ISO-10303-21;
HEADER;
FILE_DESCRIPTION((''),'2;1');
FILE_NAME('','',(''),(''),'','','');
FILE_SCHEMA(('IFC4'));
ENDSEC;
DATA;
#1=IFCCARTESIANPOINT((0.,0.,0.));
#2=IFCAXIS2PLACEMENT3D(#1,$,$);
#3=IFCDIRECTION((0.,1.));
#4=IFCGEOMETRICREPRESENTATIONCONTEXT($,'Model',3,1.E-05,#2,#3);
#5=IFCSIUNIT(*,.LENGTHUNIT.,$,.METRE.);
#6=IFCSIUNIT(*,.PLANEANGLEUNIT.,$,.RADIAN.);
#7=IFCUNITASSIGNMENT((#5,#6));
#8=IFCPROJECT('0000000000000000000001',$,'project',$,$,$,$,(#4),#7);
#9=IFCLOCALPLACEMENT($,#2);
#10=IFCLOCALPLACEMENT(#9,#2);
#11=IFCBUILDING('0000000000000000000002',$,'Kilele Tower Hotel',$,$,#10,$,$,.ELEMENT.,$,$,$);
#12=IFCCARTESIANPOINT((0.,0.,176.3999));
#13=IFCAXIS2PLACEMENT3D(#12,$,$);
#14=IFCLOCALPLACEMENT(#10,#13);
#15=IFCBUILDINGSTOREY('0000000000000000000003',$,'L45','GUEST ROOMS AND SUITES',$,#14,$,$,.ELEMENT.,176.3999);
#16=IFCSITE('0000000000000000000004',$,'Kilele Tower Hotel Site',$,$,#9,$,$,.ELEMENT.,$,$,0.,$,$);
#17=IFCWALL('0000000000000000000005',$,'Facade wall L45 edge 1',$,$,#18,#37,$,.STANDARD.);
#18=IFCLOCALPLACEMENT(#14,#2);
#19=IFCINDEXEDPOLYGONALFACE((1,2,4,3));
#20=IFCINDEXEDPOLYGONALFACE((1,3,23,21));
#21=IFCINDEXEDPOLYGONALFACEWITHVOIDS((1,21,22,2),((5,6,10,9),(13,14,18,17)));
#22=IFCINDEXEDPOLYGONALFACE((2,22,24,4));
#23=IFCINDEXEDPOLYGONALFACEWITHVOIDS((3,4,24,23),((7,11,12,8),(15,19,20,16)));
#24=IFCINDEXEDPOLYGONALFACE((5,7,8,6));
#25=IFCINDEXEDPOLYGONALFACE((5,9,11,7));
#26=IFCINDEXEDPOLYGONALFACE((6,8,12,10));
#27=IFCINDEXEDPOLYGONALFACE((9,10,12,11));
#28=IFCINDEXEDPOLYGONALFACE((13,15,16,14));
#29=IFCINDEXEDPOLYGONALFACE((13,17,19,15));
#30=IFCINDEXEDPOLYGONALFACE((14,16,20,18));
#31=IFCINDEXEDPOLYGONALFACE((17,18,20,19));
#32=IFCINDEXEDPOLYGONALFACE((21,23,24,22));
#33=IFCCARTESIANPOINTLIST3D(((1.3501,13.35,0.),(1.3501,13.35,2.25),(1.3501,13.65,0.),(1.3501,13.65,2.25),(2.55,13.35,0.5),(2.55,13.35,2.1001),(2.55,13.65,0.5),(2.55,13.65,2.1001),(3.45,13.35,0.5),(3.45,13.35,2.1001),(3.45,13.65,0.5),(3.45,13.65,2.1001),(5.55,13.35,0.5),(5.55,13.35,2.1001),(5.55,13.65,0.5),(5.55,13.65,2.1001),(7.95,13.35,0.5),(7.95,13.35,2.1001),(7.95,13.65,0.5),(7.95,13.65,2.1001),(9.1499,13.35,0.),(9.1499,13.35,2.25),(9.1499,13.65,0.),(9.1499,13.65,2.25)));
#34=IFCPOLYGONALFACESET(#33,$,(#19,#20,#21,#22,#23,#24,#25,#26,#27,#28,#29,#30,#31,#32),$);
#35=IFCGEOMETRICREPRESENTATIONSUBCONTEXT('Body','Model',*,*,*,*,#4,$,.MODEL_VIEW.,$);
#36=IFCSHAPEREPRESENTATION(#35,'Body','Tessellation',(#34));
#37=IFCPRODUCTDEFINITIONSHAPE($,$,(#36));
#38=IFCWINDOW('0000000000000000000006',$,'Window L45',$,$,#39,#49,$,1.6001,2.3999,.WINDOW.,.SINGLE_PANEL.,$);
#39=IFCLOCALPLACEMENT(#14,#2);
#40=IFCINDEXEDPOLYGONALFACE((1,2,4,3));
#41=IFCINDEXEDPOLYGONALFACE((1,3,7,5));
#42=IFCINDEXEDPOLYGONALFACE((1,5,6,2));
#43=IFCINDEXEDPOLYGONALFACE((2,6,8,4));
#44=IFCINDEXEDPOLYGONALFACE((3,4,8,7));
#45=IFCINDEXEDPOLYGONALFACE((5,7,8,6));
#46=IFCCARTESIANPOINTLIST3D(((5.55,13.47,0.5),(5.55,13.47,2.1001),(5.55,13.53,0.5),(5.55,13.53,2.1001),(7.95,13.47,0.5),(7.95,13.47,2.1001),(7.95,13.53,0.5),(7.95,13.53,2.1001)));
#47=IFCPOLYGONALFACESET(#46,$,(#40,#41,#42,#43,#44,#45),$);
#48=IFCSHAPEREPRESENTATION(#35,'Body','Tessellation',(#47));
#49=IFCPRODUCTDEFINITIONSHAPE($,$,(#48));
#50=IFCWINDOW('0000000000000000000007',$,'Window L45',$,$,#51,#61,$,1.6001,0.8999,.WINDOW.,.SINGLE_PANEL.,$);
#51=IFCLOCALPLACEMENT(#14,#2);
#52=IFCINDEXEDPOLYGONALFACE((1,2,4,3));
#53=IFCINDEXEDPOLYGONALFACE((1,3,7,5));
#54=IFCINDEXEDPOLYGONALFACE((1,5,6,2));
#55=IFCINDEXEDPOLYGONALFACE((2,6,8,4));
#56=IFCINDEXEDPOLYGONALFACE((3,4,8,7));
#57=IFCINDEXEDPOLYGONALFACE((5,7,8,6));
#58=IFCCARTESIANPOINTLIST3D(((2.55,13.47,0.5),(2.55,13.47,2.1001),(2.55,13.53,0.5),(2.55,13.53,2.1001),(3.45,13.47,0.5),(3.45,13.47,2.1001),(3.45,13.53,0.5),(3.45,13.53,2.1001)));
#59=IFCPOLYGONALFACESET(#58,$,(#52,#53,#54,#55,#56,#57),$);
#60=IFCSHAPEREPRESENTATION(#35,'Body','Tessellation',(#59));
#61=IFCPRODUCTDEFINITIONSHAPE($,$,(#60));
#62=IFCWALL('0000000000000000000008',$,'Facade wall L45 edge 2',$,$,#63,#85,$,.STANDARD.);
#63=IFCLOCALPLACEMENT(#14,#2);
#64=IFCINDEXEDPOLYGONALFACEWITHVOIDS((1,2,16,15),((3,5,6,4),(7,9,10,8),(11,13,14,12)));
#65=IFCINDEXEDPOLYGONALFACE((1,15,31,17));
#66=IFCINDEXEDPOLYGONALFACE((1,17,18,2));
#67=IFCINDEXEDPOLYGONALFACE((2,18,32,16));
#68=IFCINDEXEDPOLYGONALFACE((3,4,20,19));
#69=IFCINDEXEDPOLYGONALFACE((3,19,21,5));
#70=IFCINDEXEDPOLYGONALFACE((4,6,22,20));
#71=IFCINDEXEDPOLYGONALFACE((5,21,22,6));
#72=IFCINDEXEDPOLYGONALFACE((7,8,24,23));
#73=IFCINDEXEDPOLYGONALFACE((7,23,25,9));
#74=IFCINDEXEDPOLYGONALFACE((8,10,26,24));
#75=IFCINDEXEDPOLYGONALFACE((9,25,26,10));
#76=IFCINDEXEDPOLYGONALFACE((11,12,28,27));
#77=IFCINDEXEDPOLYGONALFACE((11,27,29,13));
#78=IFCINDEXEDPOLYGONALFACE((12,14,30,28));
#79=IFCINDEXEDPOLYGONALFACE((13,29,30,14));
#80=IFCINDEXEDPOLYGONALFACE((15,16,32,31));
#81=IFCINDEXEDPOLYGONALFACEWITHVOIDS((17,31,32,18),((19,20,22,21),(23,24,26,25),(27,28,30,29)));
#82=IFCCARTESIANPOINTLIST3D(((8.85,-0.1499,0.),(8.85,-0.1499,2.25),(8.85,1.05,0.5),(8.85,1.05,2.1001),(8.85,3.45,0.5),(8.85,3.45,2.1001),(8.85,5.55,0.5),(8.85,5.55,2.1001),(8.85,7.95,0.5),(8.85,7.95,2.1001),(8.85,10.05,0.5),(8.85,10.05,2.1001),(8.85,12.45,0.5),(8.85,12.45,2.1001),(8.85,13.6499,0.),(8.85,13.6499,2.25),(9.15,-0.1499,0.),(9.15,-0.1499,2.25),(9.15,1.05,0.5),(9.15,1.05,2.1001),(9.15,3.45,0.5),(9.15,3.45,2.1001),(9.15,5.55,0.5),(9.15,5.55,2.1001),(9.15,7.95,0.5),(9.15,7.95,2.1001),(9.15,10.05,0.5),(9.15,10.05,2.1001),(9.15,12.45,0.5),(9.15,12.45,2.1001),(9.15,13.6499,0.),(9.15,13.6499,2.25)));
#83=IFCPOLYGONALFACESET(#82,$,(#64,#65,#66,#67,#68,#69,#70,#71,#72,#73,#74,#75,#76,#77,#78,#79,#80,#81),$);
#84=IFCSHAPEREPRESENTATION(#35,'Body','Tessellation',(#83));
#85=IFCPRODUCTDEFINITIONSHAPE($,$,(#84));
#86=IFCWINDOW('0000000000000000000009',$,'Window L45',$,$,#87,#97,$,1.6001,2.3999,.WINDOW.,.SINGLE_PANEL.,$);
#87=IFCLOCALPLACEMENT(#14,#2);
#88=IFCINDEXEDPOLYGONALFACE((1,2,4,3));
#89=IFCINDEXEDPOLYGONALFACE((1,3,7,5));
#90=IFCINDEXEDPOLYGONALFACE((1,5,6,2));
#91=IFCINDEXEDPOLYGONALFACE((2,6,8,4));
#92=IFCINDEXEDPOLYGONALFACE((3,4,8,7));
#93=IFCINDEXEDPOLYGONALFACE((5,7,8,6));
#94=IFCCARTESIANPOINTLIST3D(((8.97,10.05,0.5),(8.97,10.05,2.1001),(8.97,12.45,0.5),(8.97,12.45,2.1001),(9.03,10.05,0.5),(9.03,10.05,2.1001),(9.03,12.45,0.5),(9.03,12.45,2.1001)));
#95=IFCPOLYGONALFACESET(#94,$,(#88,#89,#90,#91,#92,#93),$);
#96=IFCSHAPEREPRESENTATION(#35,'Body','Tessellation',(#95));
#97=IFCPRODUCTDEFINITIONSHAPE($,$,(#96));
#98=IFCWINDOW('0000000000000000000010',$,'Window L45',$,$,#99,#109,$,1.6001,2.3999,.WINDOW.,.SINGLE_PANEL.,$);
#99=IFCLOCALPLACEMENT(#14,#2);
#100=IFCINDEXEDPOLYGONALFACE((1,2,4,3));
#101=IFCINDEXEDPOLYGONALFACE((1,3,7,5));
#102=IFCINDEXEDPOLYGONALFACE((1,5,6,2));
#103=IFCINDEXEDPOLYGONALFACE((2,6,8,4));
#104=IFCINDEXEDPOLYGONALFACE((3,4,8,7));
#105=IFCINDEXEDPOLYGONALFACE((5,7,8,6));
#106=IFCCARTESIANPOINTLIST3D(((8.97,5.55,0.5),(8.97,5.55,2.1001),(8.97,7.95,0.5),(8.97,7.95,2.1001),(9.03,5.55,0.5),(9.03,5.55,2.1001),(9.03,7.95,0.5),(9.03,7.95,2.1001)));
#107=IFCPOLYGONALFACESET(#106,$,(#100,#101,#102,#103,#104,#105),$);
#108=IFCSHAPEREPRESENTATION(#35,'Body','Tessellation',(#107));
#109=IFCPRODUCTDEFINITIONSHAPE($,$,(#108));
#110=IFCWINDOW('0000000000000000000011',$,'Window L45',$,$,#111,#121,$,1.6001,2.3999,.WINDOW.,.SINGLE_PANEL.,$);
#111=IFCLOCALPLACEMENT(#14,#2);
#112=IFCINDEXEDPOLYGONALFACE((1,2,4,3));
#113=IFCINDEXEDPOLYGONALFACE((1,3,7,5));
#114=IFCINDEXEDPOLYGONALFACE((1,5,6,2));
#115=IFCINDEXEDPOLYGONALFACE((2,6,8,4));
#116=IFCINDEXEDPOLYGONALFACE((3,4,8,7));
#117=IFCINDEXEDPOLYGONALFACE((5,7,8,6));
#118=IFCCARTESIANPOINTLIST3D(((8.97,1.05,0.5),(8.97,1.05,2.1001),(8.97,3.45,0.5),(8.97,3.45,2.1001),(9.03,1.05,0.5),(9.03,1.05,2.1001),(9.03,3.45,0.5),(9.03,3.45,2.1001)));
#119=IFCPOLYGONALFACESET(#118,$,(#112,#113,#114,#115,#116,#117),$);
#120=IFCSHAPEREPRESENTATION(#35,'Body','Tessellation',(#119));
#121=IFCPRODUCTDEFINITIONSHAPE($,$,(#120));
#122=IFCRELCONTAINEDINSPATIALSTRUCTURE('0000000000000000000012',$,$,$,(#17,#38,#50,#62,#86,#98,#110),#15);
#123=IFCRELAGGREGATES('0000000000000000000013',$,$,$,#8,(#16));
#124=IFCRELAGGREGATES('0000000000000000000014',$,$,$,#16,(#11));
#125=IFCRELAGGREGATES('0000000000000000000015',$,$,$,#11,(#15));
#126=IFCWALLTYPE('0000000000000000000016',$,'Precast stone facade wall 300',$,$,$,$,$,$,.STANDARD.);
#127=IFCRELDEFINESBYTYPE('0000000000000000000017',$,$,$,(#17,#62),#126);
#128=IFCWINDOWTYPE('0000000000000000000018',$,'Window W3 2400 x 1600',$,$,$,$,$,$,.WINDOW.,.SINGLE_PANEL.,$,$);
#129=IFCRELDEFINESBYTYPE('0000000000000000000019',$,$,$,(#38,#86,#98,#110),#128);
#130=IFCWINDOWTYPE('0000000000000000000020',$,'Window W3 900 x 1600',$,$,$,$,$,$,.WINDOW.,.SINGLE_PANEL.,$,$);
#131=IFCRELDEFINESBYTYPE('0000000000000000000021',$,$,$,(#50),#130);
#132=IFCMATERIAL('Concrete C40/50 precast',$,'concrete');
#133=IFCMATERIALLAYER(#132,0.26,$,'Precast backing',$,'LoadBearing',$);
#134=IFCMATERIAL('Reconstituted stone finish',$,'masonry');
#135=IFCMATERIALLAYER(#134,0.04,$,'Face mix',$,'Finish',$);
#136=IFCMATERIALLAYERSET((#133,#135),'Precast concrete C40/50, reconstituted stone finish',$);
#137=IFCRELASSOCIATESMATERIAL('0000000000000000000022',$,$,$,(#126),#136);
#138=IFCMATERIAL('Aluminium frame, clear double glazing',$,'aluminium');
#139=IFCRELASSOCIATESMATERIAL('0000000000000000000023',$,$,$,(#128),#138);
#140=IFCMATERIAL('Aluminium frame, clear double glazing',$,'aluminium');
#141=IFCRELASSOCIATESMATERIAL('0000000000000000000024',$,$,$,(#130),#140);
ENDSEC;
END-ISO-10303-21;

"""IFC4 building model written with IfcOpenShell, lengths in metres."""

from ifc_helpers import new_model, si_unit, direction, frame, frame_2d, origin, place, context, subcontext, project, spatial, rectangle, extrude, material, layer, layer_set, type_object, element, fill, save


model = new_model("IFC4")

# Units and contexts
model_context = context("Model", 3, precision=1e-05, world=origin(), true_north=direction((0.0, 1.0)))
body_context = subcontext(model_context, "Body", "Model", "MODEL_VIEW")
ifc_project = project(units=[si_unit("LENGTHUNIT", "METRE"), si_unit("PLANEANGLEUNIT", "RADIAN")], contexts=[model_context])

# Site, building, storey
site_placement = place(None, origin())
site = spatial("IfcSite", under=ifc_project, at=site_placement, Name="Kilele Tower Hotel Site", CompositionType="ELEMENT", RefElevation=0.0)
building_placement = place(site_placement, origin())
building = spatial("IfcBuilding", under=site, at=building_placement, Name="Kilele Tower Hotel", CompositionType="ELEMENT")
storey_placement = place(building_placement, frame((0.0, 0.0, 176.3999)))
storey = spatial("IfcBuildingStorey", under=building, at=storey_placement, Name="L45", Description="GUEST ROOMS AND SUITES", CompositionType="ELEMENT", Elevation=176.3999)

# Walls, openings, windows
ifc_material_1 = material(Name="Concrete C40/50 precast", Category="concrete")
ifc_layer_1 = layer(ifc_material_1, 0.26, Name="Precast backing", Category="LoadBearing")
ifc_material_2 = material(Name="Reconstituted stone finish", Category="masonry")
ifc_layer_2 = layer(ifc_material_2, 0.04, Name="Face mix", Category="Finish")
ifc_layer_set_1 = layer_set([ifc_layer_1, ifc_layer_2], Name="Precast concrete C40/50, reconstituted stone finish")
wall_type_1 = type_object("IfcWallType", Name="Precast stone facade wall 300", PredefinedType="STANDARD", material=ifc_layer_set_1)
wall_1_placement = place(storey_placement, frame((1.3501, 13.5, 0.0), z_axis=(0.0, 0.0, 1.0), x_axis=(1.0, 0.0, 0.0)))
wall_1 = element("IfcWall", 1, at=wall_1_placement, inside=storey, type_object=wall_type_1, Name="Facade wall L45 edge 1", PredefinedType="STANDARD", context=body_context, shape_type="SweptSolid", body=[
    extrude(rectangle(XDim=7.7998, YDim=0.3, at=frame_2d((3.8999, 0.0))), origin(), (0.0, 0.0, 1.0), 2.25),
])
opening_1_placement = place(wall_1_placement, frame((1.2, 0.0, 0.5)))
opening_1 = element("IfcOpeningElement", 2, at=opening_1_placement, cuts=wall_1, PredefinedType="OPENING", context=body_context, shape_type="SweptSolid", body=[
    extrude(rectangle(XDim=0.8999, YDim=1.6001, at=frame_2d((0.45, 0.8))), frame((0.0, 0.1599, 0.0), z_axis=(0.0, -1.0, 0.0), x_axis=(1.0, 0.0, 0.0)), (0.0, 0.0, 1.0), 0.3201),
])
opening_2_placement = place(wall_1_placement, frame((4.2, 0.0, 0.5)))
opening_2 = element("IfcOpeningElement", 3, at=opening_2_placement, cuts=wall_1, PredefinedType="OPENING", context=body_context, shape_type="SweptSolid", body=[
    extrude(rectangle(XDim=2.3999, YDim=1.6001, at=frame_2d((1.2, 0.8))), frame((0.0, 0.1599, 0.0), z_axis=(0.0, -1.0, 0.0), x_axis=(1.0, 0.0, 0.0)), (0.0, 0.0, 1.0), 0.3201),
])
ifc_material_3 = material(Name="Aluminium frame, clear double glazing", Category="aluminium")
window_type_1 = type_object("IfcWindowType", Name="Window W3 2400 x 1600", PartitioningType="SINGLE_PANEL", PredefinedType="WINDOW", material=ifc_material_3)
window_1_placement = place(opening_2_placement, origin())
window_1 = element("IfcWindow", 4, at=window_1_placement, inside=storey, type_object=window_type_1, Name="Window L45", OverallHeight=1.6001, OverallWidth=2.3999, PartitioningType="SINGLE_PANEL", PredefinedType="WINDOW", context=body_context, shape_type="SweptSolid", body=[
    extrude(rectangle(XDim=2.3999, YDim=1.6001, at=frame_2d((1.2, 0.8))), frame((0.0, 0.03, 0.0), z_axis=(0.0, -1.0, 0.0), x_axis=(1.0, 0.0, 0.0)), (0.0, 0.0, 1.0), 0.0601),
])
fill(opening_2, window_1)
ifc_material_4 = material(Name="Aluminium frame, clear double glazing", Category="aluminium")
window_type_2 = type_object("IfcWindowType", Name="Window W3 900 x 1600", PartitioningType="SINGLE_PANEL", PredefinedType="WINDOW", material=ifc_material_4)
window_2_placement = place(opening_1_placement, origin())
window_2 = element("IfcWindow", 5, at=window_2_placement, inside=storey, type_object=window_type_2, Name="Window L45", OverallHeight=1.6001, OverallWidth=0.8999, PartitioningType="SINGLE_PANEL", PredefinedType="WINDOW", context=body_context, shape_type="SweptSolid", body=[
    extrude(rectangle(XDim=0.8999, YDim=1.6001, at=frame_2d((0.45, 0.8))), frame((0.0, 0.03, 0.0), z_axis=(0.0, -1.0, 0.0), x_axis=(1.0, 0.0, 0.0)), (0.0, 0.0, 1.0), 0.0601),
])
fill(opening_1, window_2)
wall_2_placement = place(storey_placement, frame((9.0, 13.6499, 0.0), z_axis=(0.0, 0.0, 1.0), x_axis=(0.0, -1.0, 0.0)))
wall_2 = element("IfcWall", 6, at=wall_2_placement, inside=storey, type_object=wall_type_1, Name="Facade wall L45 edge 2", PredefinedType="STANDARD", context=body_context, shape_type="SweptSolid", body=[
    extrude(rectangle(XDim=13.7998, YDim=0.3, at=frame_2d((6.8999, 0.0))), origin(), (0.0, 0.0, 1.0), 2.25),
])
opening_3_placement = place(wall_2_placement, frame((1.2, 0.0, 0.5)))
opening_3 = element("IfcOpeningElement", 7, at=opening_3_placement, cuts=wall_2, PredefinedType="OPENING", context=body_context, shape_type="SweptSolid", body=[
    extrude(rectangle(XDim=2.3999, YDim=1.6001, at=frame_2d((1.2, 0.8))), frame((0.0, 0.1599, 0.0), z_axis=(0.0, -1.0, 0.0), x_axis=(1.0, 0.0, 0.0)), (0.0, 0.0, 1.0), 0.3201),
])
opening_4_placement = place(wall_2_placement, frame((5.7, 0.0, 0.5)))
opening_4 = element("IfcOpeningElement", 8, at=opening_4_placement, cuts=wall_2, PredefinedType="OPENING", context=body_context, shape_type="SweptSolid", body=[
    extrude(rectangle(XDim=2.3999, YDim=1.6001, at=frame_2d((1.2, 0.8))), frame((0.0, 0.1599, 0.0), z_axis=(0.0, -1.0, 0.0), x_axis=(1.0, 0.0, 0.0)), (0.0, 0.0, 1.0), 0.3201),
])
opening_5_placement = place(wall_2_placement, frame((10.2, 0.0, 0.5)))
opening_5 = element("IfcOpeningElement", 9, at=opening_5_placement, cuts=wall_2, PredefinedType="OPENING", context=body_context, shape_type="SweptSolid", body=[
    extrude(rectangle(XDim=2.3999, YDim=1.6001, at=frame_2d((1.2, 0.8))), frame((0.0, 0.1599, 0.0), z_axis=(0.0, -1.0, 0.0), x_axis=(1.0, 0.0, 0.0)), (0.0, 0.0, 1.0), 0.3201),
])
window_3_placement = place(opening_3_placement, origin())
window_3 = element("IfcWindow", 10, at=window_3_placement, inside=storey, type_object=window_type_1, Name="Window L45", OverallHeight=1.6001, OverallWidth=2.3999, PartitioningType="SINGLE_PANEL", PredefinedType="WINDOW", context=body_context, shape_type="SweptSolid", body=[
    extrude(rectangle(XDim=2.3999, YDim=1.6001, at=frame_2d((1.2, 0.8))), frame((0.0, 0.03, 0.0), z_axis=(0.0, -1.0, 0.0), x_axis=(1.0, 0.0, 0.0)), (0.0, 0.0, 1.0), 0.0601),
])
fill(opening_3, window_3)
window_4_placement = place(opening_4_placement, origin())
window_4 = element("IfcWindow", 11, at=window_4_placement, inside=storey, type_object=window_type_1, Name="Window L45", OverallHeight=1.6001, OverallWidth=2.3999, PartitioningType="SINGLE_PANEL", PredefinedType="WINDOW", context=body_context, shape_type="SweptSolid", body=[
    extrude(rectangle(XDim=2.3999, YDim=1.6001, at=frame_2d((1.2, 0.8))), frame((0.0, 0.03, 0.0), z_axis=(0.0, -1.0, 0.0), x_axis=(1.0, 0.0, 0.0)), (0.0, 0.0, 1.0), 0.0601),
])
fill(opening_4, window_4)
window_5_placement = place(opening_5_placement, origin())
window_5 = element("IfcWindow", 12, at=window_5_placement, inside=storey, type_object=window_type_1, Name="Window L45", OverallHeight=1.6001, OverallWidth=2.3999, PartitioningType="SINGLE_PANEL", PredefinedType="WINDOW", context=body_context, shape_type="SweptSolid", body=[
    extrude(rectangle(XDim=2.3999, YDim=1.6001, at=frame_2d((1.2, 0.8))), frame((0.0, 0.03, 0.0), z_axis=(0.0, -1.0, 0.0), x_axis=(1.0, 0.0, 0.0)), (0.0, 0.0, 1.0), 0.0601),
])
fill(opening_5, window_5)

save(model, "model.ifc")
